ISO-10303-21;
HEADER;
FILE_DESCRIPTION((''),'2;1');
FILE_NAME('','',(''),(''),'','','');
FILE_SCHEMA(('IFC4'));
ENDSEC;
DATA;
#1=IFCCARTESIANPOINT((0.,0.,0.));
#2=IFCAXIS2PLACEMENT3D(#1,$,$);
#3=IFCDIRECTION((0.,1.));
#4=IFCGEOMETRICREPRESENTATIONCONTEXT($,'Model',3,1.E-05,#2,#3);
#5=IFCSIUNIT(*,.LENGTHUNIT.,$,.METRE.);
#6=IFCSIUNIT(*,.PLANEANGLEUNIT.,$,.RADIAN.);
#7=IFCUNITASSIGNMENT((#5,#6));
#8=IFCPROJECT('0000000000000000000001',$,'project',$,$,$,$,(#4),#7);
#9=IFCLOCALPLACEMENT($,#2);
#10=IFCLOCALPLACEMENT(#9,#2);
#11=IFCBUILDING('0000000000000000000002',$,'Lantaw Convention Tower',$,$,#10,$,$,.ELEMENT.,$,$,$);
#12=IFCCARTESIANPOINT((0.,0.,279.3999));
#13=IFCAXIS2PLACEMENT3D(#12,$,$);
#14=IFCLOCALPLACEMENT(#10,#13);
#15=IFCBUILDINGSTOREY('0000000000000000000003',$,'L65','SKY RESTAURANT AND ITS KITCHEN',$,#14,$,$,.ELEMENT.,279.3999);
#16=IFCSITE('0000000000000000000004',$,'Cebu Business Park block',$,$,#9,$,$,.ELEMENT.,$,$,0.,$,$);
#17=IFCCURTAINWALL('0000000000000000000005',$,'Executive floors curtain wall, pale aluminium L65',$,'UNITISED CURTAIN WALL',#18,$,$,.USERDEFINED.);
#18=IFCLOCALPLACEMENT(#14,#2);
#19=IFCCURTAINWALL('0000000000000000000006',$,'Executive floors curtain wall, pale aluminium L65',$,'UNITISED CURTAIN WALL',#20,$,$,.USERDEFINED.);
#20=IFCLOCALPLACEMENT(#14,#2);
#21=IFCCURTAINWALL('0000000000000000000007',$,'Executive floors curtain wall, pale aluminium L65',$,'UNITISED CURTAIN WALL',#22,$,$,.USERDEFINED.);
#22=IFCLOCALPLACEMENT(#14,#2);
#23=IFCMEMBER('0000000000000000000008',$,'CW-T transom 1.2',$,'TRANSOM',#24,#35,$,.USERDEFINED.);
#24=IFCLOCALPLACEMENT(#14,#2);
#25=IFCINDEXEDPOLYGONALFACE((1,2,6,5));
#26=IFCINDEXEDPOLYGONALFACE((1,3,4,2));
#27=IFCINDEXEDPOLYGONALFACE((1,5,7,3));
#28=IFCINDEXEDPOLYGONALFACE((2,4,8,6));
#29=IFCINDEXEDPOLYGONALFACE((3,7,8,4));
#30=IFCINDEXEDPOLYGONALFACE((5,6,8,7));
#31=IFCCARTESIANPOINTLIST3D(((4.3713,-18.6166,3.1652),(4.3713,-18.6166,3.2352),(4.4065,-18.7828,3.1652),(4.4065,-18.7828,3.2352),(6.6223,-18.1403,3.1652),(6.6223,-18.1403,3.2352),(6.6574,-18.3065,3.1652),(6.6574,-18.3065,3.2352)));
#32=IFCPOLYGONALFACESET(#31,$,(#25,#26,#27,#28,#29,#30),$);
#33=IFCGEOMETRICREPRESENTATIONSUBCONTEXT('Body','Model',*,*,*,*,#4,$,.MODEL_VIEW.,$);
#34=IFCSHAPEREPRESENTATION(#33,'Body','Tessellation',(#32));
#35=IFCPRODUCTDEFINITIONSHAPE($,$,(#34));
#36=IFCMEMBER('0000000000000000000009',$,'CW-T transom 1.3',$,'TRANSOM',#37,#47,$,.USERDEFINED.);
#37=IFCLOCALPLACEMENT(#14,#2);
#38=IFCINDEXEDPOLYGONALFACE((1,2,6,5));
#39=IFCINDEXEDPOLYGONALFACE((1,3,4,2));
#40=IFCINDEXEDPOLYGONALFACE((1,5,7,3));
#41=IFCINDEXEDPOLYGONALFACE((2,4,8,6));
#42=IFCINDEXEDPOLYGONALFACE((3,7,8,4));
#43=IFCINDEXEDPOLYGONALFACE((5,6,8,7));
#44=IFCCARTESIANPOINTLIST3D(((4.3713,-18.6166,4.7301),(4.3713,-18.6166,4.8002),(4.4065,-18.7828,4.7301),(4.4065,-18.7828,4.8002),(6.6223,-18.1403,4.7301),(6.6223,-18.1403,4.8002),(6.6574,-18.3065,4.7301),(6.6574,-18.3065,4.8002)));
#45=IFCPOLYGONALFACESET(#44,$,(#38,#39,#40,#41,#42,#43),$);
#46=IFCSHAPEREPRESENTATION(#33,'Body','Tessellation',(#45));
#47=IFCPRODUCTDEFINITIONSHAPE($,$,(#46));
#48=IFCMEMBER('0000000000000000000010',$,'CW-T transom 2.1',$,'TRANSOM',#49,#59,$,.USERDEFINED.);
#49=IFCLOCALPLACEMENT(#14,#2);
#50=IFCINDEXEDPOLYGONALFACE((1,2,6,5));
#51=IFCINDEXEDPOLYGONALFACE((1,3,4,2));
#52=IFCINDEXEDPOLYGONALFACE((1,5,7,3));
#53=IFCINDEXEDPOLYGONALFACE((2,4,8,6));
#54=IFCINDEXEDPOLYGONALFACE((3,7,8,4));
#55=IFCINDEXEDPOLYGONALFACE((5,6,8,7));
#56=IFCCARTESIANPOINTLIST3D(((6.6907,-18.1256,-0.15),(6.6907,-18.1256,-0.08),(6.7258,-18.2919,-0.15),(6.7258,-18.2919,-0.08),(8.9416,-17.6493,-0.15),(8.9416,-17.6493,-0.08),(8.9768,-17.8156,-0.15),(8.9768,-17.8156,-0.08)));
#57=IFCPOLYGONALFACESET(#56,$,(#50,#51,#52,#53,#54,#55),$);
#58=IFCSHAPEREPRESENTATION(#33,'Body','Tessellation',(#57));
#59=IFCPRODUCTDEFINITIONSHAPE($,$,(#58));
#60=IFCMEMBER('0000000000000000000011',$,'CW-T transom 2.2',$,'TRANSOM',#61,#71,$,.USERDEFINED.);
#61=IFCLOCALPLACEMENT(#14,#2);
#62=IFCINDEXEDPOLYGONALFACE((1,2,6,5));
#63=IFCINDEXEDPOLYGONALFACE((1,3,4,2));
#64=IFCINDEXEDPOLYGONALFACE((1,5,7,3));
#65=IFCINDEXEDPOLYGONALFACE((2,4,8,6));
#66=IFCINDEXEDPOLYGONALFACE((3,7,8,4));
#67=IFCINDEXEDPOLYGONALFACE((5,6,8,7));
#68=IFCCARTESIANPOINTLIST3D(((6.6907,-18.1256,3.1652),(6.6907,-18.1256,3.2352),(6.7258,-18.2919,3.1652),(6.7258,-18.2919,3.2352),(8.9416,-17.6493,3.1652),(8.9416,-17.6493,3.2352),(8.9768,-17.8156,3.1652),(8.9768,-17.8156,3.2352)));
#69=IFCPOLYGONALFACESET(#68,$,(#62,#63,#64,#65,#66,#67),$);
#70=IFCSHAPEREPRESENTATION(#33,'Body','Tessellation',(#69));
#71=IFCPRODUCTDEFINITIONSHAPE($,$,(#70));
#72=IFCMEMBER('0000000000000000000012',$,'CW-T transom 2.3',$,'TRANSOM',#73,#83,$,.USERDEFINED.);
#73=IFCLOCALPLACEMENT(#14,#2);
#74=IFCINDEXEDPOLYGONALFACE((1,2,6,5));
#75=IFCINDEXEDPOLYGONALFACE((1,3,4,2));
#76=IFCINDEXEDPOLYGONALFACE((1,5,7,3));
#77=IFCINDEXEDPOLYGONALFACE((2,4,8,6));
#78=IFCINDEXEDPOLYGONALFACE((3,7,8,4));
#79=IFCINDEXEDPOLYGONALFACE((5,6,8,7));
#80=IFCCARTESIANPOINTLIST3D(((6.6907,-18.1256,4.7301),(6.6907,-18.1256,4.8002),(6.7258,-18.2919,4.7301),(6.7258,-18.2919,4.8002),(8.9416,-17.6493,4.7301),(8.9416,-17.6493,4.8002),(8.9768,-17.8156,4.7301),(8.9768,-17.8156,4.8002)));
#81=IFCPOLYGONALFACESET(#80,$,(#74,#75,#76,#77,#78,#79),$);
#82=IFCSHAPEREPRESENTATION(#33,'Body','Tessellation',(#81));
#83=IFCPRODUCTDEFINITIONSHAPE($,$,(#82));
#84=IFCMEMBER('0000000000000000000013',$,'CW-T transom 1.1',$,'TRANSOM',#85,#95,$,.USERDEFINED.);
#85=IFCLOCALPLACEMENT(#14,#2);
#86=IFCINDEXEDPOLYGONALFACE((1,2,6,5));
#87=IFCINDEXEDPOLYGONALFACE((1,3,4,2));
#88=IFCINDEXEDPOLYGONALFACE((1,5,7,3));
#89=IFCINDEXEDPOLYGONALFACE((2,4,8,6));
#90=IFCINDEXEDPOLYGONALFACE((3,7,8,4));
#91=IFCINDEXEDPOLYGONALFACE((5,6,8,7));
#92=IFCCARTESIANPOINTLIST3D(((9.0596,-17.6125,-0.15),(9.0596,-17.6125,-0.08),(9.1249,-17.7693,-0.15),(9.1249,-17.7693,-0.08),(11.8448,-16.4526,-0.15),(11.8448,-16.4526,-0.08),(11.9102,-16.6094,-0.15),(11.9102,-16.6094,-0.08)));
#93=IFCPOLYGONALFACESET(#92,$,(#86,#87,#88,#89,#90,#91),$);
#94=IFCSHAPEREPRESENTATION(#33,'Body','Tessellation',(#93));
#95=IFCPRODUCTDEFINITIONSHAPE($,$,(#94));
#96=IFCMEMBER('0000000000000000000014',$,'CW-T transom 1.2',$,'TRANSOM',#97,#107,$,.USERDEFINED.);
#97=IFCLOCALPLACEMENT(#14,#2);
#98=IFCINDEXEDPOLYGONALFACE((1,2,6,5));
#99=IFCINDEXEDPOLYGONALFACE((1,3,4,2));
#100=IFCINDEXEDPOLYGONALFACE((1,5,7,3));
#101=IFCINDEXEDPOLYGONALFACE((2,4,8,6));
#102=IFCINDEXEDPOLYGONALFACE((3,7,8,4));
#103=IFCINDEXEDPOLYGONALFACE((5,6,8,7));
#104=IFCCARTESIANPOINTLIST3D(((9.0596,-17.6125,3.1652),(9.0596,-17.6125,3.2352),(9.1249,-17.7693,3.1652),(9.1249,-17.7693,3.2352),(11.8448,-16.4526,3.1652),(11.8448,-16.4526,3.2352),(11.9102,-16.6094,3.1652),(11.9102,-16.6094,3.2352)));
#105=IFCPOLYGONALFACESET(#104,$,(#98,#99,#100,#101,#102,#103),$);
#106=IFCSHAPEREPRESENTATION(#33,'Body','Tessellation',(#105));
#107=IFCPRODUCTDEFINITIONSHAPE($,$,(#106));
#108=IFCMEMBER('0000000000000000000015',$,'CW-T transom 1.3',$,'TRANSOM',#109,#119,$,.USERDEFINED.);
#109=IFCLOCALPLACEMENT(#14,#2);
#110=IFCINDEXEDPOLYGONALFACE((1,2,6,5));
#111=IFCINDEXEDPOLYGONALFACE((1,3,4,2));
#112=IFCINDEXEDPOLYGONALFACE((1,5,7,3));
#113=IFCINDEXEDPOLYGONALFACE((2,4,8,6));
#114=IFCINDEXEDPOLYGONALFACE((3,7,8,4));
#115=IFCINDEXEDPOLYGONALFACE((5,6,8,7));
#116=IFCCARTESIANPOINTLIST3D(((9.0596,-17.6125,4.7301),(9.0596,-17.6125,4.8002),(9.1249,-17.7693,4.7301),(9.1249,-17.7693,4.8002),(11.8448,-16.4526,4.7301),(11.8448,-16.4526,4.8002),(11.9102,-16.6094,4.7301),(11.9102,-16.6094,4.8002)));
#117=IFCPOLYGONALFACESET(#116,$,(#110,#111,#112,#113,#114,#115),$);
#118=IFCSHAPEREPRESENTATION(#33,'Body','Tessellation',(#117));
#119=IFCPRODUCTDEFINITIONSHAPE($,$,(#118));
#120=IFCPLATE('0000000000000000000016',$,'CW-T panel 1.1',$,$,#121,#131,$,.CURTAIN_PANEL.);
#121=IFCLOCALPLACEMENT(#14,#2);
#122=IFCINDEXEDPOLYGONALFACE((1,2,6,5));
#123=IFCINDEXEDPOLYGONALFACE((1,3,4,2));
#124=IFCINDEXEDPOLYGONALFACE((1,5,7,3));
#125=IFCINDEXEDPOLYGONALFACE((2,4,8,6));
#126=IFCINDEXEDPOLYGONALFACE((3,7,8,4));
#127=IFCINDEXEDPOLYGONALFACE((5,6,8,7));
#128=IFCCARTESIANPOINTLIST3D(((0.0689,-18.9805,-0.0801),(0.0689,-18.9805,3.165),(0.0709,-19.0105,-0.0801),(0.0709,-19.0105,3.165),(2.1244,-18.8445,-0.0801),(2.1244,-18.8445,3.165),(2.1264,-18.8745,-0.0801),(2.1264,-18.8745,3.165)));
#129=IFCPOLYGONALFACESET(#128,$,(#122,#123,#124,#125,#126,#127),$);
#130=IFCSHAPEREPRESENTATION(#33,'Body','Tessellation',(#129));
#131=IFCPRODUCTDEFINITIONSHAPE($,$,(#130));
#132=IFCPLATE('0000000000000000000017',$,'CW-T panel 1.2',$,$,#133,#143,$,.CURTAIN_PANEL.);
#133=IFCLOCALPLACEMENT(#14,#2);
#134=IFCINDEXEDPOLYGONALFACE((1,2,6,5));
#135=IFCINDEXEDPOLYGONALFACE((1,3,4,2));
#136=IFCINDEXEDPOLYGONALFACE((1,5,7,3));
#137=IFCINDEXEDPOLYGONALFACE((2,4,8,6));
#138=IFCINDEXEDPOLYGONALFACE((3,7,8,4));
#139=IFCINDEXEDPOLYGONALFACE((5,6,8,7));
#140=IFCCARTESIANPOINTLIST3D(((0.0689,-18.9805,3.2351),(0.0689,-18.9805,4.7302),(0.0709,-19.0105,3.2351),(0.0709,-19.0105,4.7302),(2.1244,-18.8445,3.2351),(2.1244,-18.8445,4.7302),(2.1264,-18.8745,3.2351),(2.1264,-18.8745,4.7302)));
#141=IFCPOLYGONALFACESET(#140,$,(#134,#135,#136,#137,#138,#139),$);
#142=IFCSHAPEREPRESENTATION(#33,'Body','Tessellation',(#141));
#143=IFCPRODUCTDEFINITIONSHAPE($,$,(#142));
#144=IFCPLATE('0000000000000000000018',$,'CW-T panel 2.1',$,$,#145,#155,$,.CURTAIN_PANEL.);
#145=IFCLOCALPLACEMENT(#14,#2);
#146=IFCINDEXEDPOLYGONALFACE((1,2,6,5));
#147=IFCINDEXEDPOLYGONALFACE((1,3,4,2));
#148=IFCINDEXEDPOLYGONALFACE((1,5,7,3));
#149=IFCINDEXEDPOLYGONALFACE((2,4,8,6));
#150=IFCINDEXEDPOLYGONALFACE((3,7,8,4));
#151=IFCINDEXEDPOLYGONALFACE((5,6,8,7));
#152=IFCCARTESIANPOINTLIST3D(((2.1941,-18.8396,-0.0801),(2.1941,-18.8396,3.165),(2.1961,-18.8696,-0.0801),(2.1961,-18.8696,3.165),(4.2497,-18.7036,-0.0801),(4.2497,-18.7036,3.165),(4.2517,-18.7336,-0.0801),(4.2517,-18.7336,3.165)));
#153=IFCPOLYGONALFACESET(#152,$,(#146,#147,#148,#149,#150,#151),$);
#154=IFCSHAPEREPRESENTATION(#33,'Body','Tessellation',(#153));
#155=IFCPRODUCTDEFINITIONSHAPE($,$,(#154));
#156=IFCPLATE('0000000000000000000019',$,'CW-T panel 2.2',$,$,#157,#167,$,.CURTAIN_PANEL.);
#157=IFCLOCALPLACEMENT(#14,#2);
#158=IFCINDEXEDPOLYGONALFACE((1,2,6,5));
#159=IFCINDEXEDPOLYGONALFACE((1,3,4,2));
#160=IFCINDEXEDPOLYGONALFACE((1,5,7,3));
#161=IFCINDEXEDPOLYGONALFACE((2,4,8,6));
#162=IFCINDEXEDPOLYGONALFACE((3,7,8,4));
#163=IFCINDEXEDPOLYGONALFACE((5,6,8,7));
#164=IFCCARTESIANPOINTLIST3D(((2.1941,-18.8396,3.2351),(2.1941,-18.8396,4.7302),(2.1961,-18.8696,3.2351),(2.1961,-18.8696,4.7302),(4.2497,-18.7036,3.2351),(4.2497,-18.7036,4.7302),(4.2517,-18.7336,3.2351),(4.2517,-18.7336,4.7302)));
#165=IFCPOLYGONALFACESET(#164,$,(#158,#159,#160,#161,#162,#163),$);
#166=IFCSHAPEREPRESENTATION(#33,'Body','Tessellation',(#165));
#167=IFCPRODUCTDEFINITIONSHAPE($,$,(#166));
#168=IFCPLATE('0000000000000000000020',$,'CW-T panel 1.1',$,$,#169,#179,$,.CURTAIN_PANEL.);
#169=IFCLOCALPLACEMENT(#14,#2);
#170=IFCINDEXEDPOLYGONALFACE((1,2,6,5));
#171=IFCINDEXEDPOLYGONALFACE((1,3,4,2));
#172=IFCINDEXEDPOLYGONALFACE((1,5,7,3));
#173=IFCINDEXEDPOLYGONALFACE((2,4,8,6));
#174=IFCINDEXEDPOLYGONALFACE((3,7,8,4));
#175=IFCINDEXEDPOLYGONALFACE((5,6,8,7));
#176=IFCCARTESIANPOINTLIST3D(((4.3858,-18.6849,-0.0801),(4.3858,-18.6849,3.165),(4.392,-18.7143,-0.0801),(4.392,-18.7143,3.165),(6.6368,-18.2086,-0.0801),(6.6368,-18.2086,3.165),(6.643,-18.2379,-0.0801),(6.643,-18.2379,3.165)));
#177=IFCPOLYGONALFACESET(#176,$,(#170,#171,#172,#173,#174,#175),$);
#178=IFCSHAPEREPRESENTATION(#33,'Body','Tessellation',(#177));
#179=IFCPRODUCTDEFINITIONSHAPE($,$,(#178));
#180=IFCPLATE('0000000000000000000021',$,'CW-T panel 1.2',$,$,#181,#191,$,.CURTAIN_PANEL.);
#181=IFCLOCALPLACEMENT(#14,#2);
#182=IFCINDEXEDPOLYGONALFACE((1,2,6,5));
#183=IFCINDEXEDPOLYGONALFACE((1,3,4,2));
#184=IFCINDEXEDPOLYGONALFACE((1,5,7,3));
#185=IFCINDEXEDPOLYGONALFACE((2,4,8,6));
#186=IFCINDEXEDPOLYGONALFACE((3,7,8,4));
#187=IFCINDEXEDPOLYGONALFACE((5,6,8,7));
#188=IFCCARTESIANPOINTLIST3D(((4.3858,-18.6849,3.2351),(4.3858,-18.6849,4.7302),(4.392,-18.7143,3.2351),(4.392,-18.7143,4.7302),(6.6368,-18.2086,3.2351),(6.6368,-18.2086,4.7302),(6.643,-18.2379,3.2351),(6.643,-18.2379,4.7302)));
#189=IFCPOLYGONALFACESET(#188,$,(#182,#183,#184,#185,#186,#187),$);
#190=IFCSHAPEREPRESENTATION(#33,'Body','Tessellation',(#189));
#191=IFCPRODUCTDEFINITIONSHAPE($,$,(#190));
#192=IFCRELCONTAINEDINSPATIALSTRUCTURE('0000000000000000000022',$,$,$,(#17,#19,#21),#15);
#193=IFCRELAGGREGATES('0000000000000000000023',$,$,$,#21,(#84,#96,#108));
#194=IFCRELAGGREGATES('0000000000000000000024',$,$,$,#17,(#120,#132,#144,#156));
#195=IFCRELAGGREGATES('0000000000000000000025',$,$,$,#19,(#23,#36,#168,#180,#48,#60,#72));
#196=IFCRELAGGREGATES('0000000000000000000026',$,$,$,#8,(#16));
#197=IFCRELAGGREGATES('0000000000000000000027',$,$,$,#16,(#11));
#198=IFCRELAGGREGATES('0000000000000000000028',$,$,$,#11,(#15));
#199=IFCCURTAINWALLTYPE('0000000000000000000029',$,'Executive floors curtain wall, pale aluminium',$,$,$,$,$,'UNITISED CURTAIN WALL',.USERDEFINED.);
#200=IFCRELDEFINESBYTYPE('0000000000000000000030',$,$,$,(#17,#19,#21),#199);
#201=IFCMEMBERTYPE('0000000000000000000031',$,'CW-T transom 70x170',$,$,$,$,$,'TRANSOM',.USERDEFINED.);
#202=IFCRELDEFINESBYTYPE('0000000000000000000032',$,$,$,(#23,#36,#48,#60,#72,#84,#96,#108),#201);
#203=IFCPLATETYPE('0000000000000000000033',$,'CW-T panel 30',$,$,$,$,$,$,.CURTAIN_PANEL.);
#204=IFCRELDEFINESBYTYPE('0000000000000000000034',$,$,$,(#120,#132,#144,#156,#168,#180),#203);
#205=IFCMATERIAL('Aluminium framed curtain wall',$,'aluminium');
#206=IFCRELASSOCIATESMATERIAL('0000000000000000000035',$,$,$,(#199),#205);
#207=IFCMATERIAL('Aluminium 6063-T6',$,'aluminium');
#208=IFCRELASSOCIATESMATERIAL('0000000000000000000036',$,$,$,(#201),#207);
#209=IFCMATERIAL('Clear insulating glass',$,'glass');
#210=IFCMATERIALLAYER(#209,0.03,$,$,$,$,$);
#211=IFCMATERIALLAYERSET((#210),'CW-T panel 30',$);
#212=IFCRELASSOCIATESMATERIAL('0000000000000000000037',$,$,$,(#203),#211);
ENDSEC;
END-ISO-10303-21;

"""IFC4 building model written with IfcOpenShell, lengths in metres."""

from ifc_helpers import new_model, si_unit, direction, frame, origin, origin_2d, place, context, subcontext, project, spatial, rectangle, extrude, material, layer, layer_set, material_profile, profile_set, type_object, element, aggregate, save


model = new_model("IFC4")

# Units and contexts
model_context = context("Model", 3, precision=1e-05, world=origin(), true_north=direction((0.0, 1.0)))
body_context = subcontext(model_context, "Body", "Model", "MODEL_VIEW")
ifc_project = project(units=[si_unit("LENGTHUNIT", "METRE"), si_unit("PLANEANGLEUNIT", "RADIAN")], contexts=[model_context])

# Site, building, storey
site_placement = place(None, origin())
site = spatial("IfcSite", under=ifc_project, at=site_placement, Name="Cebu Business Park block", CompositionType="ELEMENT", RefElevation=0.0)
building_placement = place(site_placement, origin())
building = spatial("IfcBuilding", under=site, at=building_placement, Name="Lantaw Convention Tower", CompositionType="ELEMENT")
storey_placement = place(building_placement, frame((0.0, 0.0, 279.3999)))
storey = spatial("IfcBuildingStorey", under=building, at=storey_placement, Name="L65", Description="SKY RESTAURANT AND ITS KITCHEN", CompositionType="ELEMENT", Elevation=279.3999)

# Curtain walls
ifc_material_1 = material(Name="Aluminium framed curtain wall", Category="aluminium")
curtain_wall_type = type_object("IfcCurtainWallType", Name="Executive floors curtain wall, pale aluminium", ElementType="UNITISED CURTAIN WALL", PredefinedType="USERDEFINED", material=ifc_material_1)
curtain_wall_1_placement = place(storey_placement, origin())
curtain_wall_1 = element("IfcCurtainWall", 1, at=curtain_wall_1_placement, inside=storey, type_object=curtain_wall_type, Name="Executive floors curtain wall, pale aluminium L65", ObjectType="UNITISED CURTAIN WALL", PredefinedType="USERDEFINED")
ifc_material_2 = material(Name="Aluminium 6063-T6", Category="aluminium")
curtain_wall_2_placement = place(storey_placement, origin())
curtain_wall_2 = element("IfcCurtainWall", 2, at=curtain_wall_2_placement, inside=storey, type_object=curtain_wall_type, Name="Executive floors curtain wall, pale aluminium L65", ObjectType="UNITISED CURTAIN WALL", PredefinedType="USERDEFINED")

# Curtain wall
curtain_wall_3_placement = place(storey_placement, origin())
curtain_wall_3 = element("IfcCurtainWall", 3, at=curtain_wall_3_placement, inside=storey, type_object=curtain_wall_type, Name="Executive floors curtain wall, pale aluminium L65", ObjectType="UNITISED CURTAIN WALL", PredefinedType="USERDEFINED")

# Members
ifc_material_profile_1 = material_profile(ifc_material_2, rectangle(XDim=0.1699, YDim=0.0701, at=origin_2d()), Name="CW-T transom 70x170")
ifc_profile_set_1 = profile_set([ifc_material_profile_1], Name="Aluminium 6063-T6")
member_type_1 = type_object("IfcMemberType", Name="CW-T transom 70x170", ElementType="TRANSOM", PredefinedType="USERDEFINED", material=ifc_profile_set_1)
member_1_placement = place(storey_placement, frame((4.3889, -18.6997, 3.2002), z_axis=(0.978336, 0.207021, 0.0), x_axis=(-0.207021, 0.978336, 0.0)))
member_1 = element("IfcMember", 4, at=member_1_placement, type_object=member_type_1, Name="CW-T transom 1.2", ObjectType="TRANSOM", PredefinedType="USERDEFINED", context=body_context, shape_type="SweptSolid", body=[
    extrude(rectangle(XDim=0.1699, YDim=0.0701, at=origin_2d()), origin(), (0.0, 0.0, 1.0), 2.3008),
])
member_2_placement = place(storey_placement, frame((4.3889, -18.6997, 4.7651), z_axis=(0.978336, 0.207021, 0.0), x_axis=(-0.207021, 0.978336, 0.0)))
member_2 = element("IfcMember", 5, at=member_2_placement, type_object=member_type_1, Name="CW-T transom 1.3", ObjectType="TRANSOM", PredefinedType="USERDEFINED", context=body_context, shape_type="SweptSolid", body=[
    extrude(rectangle(XDim=0.1699, YDim=0.0701, at=origin_2d()), origin(), (0.0, 0.0, 1.0), 2.3008),
])
member_3_placement = place(storey_placement, frame((6.7083, -18.2087, -0.115), z_axis=(0.978336, 0.207021, 0.0), x_axis=(-0.207021, 0.978336, 0.0)))
member_3 = element("IfcMember", 6, at=member_3_placement, type_object=member_type_1, Name="CW-T transom 2.1", ObjectType="TRANSOM", PredefinedType="USERDEFINED", context=body_context, shape_type="SweptSolid", body=[
    extrude(rectangle(XDim=0.1699, YDim=0.0701, at=origin_2d()), origin(), (0.0, 0.0, 1.0), 2.3008),
])
member_4_placement = place(storey_placement, frame((6.7083, -18.2087, 3.2002), z_axis=(0.978336, 0.207021, 0.0), x_axis=(-0.207021, 0.978336, 0.0)))
member_4 = element("IfcMember", 7, at=member_4_placement, type_object=member_type_1, Name="CW-T transom 2.2", ObjectType="TRANSOM", PredefinedType="USERDEFINED", context=body_context, shape_type="SweptSolid", body=[
    extrude(rectangle(XDim=0.1699, YDim=0.0701, at=origin_2d()), origin(), (0.0, 0.0, 1.0), 2.3008),
])
member_5_placement = place(storey_placement, frame((6.7083, -18.2087, 4.7651), z_axis=(0.978336, 0.207021, 0.0), x_axis=(-0.207021, 0.978336, 0.0)))
member_5 = element("IfcMember", 8, at=member_5_placement, type_object=member_type_1, Name="CW-T transom 2.3", ObjectType="TRANSOM", PredefinedType="USERDEFINED", context=body_context, shape_type="SweptSolid", body=[
    extrude(rectangle(XDim=0.1699, YDim=0.0701, at=origin_2d()), origin(), (0.0, 0.0, 1.0), 2.3008),
])
member_6_placement = place(storey_placement, frame((9.0923, -17.6909, -0.115), z_axis=(0.923144, 0.384454, 0.0), x_axis=(-0.384454, 0.923144, 0.0)))
member_6 = element("IfcMember", 9, at=member_6_placement, type_object=member_type_1, Name="CW-T transom 1.1", ObjectType="TRANSOM", PredefinedType="USERDEFINED", context=body_context, shape_type="SweptSolid", body=[
    extrude(rectangle(XDim=0.1699, YDim=0.0701, at=origin_2d()), origin(), (0.0, 0.0, 1.0), 3.0171),
])
member_7_placement = place(storey_placement, frame((9.0923, -17.6909, 3.2002), z_axis=(0.923144, 0.384454, 0.0), x_axis=(-0.384454, 0.923144, 0.0)))
member_7 = element("IfcMember", 10, at=member_7_placement, type_object=member_type_1, Name="CW-T transom 1.2", ObjectType="TRANSOM", PredefinedType="USERDEFINED", context=body_context, shape_type="SweptSolid", body=[
    extrude(rectangle(XDim=0.1699, YDim=0.0701, at=origin_2d()), origin(), (0.0, 0.0, 1.0), 3.0171),
])
member_8_placement = place(storey_placement, frame((9.0923, -17.6909, 4.7651), z_axis=(0.923144, 0.384454, 0.0), x_axis=(-0.384454, 0.923144, 0.0)))
member_8 = element("IfcMember", 11, at=member_8_placement, type_object=member_type_1, Name="CW-T transom 1.3", ObjectType="TRANSOM", PredefinedType="USERDEFINED", context=body_context, shape_type="SweptSolid", body=[
    extrude(rectangle(XDim=0.1699, YDim=0.0701, at=origin_2d()), origin(), (0.0, 0.0, 1.0), 3.0171),
])
aggregate(curtain_wall_3, [member_6, member_7, member_8])

# Plates
ifc_material_3 = material(Name="Clear insulating glass", Category="glass")
ifc_layer_1 = layer(ifc_material_3, 0.03)
ifc_layer_set_1 = layer_set([ifc_layer_1], Name="CW-T panel 30")
plate_type_1 = type_object("IfcPlateType", Name="CW-T panel 30", PredefinedType="CURTAIN_PANEL", material=ifc_layer_set_1)
plate_1_placement = place(storey_placement, frame((1.0977, -18.9275, -0.0801), z_axis=(0.0, 0.0, 1.0), x_axis=(0.997818, 0.066025, 0.0)))
plate_1 = element("IfcPlate", 12, at=plate_1_placement, type_object=plate_type_1, Name="CW-T panel 1.1", PredefinedType="CURTAIN_PANEL", context=body_context, shape_type="SweptSolid", body=[
    extrude(rectangle(XDim=2.0601, YDim=0.03, at=origin_2d()), origin(), (0.0, 0.0, 1.0), 3.2451),
])
plate_2_placement = place(storey_placement, frame((1.0977, -18.9275, 3.2351), z_axis=(0.0, 0.0, 1.0), x_axis=(0.997818, 0.066025, 0.0)))
plate_2 = element("IfcPlate", 13, at=plate_2_placement, type_object=plate_type_1, Name="CW-T panel 1.2", PredefinedType="CURTAIN_PANEL", context=body_context, shape_type="SweptSolid", body=[
    extrude(rectangle(XDim=2.0601, YDim=0.03, at=origin_2d()), origin(), (0.0, 0.0, 1.0), 1.4951),
])
plate_3_placement = place(storey_placement, frame((3.2229, -18.7866, -0.0801), z_axis=(0.0, 0.0, 1.0), x_axis=(0.997818, 0.066025, 0.0)))
plate_3 = element("IfcPlate", 14, at=plate_3_placement, type_object=plate_type_1, Name="CW-T panel 2.1", PredefinedType="CURTAIN_PANEL", context=body_context, shape_type="SweptSolid", body=[
    extrude(rectangle(XDim=2.0601, YDim=0.03, at=origin_2d()), origin(), (0.0, 0.0, 1.0), 3.2451),
])
plate_4_placement = place(storey_placement, frame((3.2229, -18.7866, 3.2351), z_axis=(0.0, 0.0, 1.0), x_axis=(0.997818, 0.066025, 0.0)))
plate_4 = element("IfcPlate", 15, at=plate_4_placement, type_object=plate_type_1, Name="CW-T panel 2.2", PredefinedType="CURTAIN_PANEL", context=body_context, shape_type="SweptSolid", body=[
    extrude(rectangle(XDim=2.0601, YDim=0.03, at=origin_2d()), origin(), (0.0, 0.0, 1.0), 1.4951),
])
aggregate(curtain_wall_1, [plate_1, plate_2, plate_3, plate_4])
plate_5_placement = place(storey_placement, frame((5.5144, -18.4614, -0.0801), z_axis=(0.0, 0.0, 1.0), x_axis=(0.978332, 0.20704, 0.0)))
plate_5 = element("IfcPlate", 16, at=plate_5_placement, type_object=plate_type_1, Name="CW-T panel 1.1", PredefinedType="CURTAIN_PANEL", context=body_context, shape_type="SweptSolid", body=[
    extrude(rectangle(XDim=2.3008, YDim=0.03, at=origin_2d()), origin(), (0.0, 0.0, 1.0), 3.2451),
])
plate_6_placement = place(storey_placement, frame((5.5144, -18.4614, 3.2351), z_axis=(0.0, 0.0, 1.0), x_axis=(0.978332, 0.20704, 0.0)))
plate_6 = element("IfcPlate", 17, at=plate_6_placement, type_object=plate_type_1, Name="CW-T panel 1.2", PredefinedType="CURTAIN_PANEL", context=body_context, shape_type="SweptSolid", body=[
    extrude(rectangle(XDim=2.3008, YDim=0.03, at=origin_2d()), origin(), (0.0, 0.0, 1.0), 1.4951),
])
aggregate(curtain_wall_2, [member_1, member_2, plate_5, plate_6, member_3, member_4, member_5])

save(model, "model.ifc")
